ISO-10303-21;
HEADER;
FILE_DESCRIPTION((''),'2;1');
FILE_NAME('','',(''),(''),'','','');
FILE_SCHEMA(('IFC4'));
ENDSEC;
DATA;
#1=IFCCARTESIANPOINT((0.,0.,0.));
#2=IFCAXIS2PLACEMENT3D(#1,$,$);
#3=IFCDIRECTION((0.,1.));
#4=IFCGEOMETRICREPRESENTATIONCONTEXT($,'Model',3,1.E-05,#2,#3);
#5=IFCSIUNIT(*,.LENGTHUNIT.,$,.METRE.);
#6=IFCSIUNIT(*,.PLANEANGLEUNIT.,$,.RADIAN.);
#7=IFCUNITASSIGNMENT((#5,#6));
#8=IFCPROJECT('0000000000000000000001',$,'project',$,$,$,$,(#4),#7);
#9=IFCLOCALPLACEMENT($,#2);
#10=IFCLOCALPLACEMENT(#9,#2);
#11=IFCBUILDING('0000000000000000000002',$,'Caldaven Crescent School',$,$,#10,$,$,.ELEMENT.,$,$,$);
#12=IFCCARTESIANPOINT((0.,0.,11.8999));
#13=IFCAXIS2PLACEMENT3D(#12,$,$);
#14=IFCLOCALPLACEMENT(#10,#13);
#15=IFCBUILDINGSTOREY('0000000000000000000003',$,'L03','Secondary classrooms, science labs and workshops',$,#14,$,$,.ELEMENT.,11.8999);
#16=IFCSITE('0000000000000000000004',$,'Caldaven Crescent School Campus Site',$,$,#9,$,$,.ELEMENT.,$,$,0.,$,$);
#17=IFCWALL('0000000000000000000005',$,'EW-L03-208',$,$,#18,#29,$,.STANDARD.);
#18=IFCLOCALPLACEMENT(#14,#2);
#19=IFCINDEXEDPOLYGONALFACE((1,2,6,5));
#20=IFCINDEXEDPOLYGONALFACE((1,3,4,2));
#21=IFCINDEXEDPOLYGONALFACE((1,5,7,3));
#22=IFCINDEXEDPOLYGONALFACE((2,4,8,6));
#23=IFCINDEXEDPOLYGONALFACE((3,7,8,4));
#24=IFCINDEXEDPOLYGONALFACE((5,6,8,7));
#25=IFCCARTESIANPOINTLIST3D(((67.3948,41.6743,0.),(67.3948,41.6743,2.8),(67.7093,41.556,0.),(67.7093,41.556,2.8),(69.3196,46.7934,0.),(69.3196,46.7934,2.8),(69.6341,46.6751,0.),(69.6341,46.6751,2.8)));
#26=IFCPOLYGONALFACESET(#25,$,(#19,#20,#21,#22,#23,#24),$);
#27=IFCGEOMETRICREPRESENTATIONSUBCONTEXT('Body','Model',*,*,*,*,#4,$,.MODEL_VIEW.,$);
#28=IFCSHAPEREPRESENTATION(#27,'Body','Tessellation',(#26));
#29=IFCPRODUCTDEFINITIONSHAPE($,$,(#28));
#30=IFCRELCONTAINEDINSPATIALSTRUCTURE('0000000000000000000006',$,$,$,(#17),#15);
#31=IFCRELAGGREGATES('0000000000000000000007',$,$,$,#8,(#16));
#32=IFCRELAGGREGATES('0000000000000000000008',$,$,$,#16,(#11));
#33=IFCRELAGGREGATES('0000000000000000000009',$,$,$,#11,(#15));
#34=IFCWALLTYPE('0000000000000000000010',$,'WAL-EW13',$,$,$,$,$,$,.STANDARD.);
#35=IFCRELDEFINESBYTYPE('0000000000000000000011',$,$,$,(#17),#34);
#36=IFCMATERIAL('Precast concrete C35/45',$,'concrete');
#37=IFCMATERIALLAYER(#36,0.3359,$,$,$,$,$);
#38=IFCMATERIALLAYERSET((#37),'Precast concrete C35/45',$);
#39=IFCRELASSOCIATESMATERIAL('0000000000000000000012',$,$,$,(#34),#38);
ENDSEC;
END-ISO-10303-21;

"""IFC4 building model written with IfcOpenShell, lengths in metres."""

from ifc_helpers import new_model, si_unit, direction, frame, frame_2d, origin, place, context, subcontext, project, spatial, rectangle, extrude, material, layer, layer_set, type_object, element, save


model = new_model("IFC4")

# Units and contexts
model_context = context("Model", 3, precision=1e-05, world=origin(), true_north=direction((0.0, 1.0)))
body_context = subcontext(model_context, "Body", "Model", "MODEL_VIEW")
ifc_project = project(units=[si_unit("LENGTHUNIT", "METRE"), si_unit("PLANEANGLEUNIT", "RADIAN")], contexts=[model_context])

# Site, building, storey
site_placement = place(None, origin())
site = spatial("IfcSite", under=ifc_project, at=site_placement, Name="Caldaven Crescent School Campus Site", CompositionType="ELEMENT", RefElevation=0.0)
building_placement = place(site_placement, origin())
building = spatial("IfcBuilding", under=site, at=building_placement, Name="Caldaven Crescent School", CompositionType="ELEMENT")
storey_placement = place(building_placement, frame((0.0, 0.0, 11.8999)))
storey = spatial("IfcBuildingStorey", under=building, at=storey_placement, Name="L03", Description="Secondary classrooms, science labs and workshops", CompositionType="ELEMENT", Elevation=11.8999)

# Wall
ifc_material_1 = material(Name="Precast concrete C35/45", Category="concrete")
ifc_layer_1 = layer(ifc_material_1, 0.3359)
ifc_layer_set_1 = layer_set([ifc_layer_1], Name="Precast concrete C35/45")
wall_type = type_object("IfcWallType", Name="WAL-EW13", PredefinedType="STANDARD", material=ifc_layer_set_1)
wall_placement = place(storey_placement, frame((69.4768, 46.7341, 0.0), z_axis=(0.0, 0.0, 1.0), x_axis=(-0.351945, -0.936021, 0.0)))
element("IfcWall", 1, at=wall_placement, inside=storey, type_object=wall_type, Name="EW-L03-208", PredefinedType="STANDARD", context=body_context, shape_type="SweptSolid", body=[
    extrude(rectangle(XDim=5.469, YDim=0.3359, at=frame_2d((2.7344, 0.0))), origin(), (0.0, 0.0, 1.0), 2.8),
])

save(model, "model.ifc")
